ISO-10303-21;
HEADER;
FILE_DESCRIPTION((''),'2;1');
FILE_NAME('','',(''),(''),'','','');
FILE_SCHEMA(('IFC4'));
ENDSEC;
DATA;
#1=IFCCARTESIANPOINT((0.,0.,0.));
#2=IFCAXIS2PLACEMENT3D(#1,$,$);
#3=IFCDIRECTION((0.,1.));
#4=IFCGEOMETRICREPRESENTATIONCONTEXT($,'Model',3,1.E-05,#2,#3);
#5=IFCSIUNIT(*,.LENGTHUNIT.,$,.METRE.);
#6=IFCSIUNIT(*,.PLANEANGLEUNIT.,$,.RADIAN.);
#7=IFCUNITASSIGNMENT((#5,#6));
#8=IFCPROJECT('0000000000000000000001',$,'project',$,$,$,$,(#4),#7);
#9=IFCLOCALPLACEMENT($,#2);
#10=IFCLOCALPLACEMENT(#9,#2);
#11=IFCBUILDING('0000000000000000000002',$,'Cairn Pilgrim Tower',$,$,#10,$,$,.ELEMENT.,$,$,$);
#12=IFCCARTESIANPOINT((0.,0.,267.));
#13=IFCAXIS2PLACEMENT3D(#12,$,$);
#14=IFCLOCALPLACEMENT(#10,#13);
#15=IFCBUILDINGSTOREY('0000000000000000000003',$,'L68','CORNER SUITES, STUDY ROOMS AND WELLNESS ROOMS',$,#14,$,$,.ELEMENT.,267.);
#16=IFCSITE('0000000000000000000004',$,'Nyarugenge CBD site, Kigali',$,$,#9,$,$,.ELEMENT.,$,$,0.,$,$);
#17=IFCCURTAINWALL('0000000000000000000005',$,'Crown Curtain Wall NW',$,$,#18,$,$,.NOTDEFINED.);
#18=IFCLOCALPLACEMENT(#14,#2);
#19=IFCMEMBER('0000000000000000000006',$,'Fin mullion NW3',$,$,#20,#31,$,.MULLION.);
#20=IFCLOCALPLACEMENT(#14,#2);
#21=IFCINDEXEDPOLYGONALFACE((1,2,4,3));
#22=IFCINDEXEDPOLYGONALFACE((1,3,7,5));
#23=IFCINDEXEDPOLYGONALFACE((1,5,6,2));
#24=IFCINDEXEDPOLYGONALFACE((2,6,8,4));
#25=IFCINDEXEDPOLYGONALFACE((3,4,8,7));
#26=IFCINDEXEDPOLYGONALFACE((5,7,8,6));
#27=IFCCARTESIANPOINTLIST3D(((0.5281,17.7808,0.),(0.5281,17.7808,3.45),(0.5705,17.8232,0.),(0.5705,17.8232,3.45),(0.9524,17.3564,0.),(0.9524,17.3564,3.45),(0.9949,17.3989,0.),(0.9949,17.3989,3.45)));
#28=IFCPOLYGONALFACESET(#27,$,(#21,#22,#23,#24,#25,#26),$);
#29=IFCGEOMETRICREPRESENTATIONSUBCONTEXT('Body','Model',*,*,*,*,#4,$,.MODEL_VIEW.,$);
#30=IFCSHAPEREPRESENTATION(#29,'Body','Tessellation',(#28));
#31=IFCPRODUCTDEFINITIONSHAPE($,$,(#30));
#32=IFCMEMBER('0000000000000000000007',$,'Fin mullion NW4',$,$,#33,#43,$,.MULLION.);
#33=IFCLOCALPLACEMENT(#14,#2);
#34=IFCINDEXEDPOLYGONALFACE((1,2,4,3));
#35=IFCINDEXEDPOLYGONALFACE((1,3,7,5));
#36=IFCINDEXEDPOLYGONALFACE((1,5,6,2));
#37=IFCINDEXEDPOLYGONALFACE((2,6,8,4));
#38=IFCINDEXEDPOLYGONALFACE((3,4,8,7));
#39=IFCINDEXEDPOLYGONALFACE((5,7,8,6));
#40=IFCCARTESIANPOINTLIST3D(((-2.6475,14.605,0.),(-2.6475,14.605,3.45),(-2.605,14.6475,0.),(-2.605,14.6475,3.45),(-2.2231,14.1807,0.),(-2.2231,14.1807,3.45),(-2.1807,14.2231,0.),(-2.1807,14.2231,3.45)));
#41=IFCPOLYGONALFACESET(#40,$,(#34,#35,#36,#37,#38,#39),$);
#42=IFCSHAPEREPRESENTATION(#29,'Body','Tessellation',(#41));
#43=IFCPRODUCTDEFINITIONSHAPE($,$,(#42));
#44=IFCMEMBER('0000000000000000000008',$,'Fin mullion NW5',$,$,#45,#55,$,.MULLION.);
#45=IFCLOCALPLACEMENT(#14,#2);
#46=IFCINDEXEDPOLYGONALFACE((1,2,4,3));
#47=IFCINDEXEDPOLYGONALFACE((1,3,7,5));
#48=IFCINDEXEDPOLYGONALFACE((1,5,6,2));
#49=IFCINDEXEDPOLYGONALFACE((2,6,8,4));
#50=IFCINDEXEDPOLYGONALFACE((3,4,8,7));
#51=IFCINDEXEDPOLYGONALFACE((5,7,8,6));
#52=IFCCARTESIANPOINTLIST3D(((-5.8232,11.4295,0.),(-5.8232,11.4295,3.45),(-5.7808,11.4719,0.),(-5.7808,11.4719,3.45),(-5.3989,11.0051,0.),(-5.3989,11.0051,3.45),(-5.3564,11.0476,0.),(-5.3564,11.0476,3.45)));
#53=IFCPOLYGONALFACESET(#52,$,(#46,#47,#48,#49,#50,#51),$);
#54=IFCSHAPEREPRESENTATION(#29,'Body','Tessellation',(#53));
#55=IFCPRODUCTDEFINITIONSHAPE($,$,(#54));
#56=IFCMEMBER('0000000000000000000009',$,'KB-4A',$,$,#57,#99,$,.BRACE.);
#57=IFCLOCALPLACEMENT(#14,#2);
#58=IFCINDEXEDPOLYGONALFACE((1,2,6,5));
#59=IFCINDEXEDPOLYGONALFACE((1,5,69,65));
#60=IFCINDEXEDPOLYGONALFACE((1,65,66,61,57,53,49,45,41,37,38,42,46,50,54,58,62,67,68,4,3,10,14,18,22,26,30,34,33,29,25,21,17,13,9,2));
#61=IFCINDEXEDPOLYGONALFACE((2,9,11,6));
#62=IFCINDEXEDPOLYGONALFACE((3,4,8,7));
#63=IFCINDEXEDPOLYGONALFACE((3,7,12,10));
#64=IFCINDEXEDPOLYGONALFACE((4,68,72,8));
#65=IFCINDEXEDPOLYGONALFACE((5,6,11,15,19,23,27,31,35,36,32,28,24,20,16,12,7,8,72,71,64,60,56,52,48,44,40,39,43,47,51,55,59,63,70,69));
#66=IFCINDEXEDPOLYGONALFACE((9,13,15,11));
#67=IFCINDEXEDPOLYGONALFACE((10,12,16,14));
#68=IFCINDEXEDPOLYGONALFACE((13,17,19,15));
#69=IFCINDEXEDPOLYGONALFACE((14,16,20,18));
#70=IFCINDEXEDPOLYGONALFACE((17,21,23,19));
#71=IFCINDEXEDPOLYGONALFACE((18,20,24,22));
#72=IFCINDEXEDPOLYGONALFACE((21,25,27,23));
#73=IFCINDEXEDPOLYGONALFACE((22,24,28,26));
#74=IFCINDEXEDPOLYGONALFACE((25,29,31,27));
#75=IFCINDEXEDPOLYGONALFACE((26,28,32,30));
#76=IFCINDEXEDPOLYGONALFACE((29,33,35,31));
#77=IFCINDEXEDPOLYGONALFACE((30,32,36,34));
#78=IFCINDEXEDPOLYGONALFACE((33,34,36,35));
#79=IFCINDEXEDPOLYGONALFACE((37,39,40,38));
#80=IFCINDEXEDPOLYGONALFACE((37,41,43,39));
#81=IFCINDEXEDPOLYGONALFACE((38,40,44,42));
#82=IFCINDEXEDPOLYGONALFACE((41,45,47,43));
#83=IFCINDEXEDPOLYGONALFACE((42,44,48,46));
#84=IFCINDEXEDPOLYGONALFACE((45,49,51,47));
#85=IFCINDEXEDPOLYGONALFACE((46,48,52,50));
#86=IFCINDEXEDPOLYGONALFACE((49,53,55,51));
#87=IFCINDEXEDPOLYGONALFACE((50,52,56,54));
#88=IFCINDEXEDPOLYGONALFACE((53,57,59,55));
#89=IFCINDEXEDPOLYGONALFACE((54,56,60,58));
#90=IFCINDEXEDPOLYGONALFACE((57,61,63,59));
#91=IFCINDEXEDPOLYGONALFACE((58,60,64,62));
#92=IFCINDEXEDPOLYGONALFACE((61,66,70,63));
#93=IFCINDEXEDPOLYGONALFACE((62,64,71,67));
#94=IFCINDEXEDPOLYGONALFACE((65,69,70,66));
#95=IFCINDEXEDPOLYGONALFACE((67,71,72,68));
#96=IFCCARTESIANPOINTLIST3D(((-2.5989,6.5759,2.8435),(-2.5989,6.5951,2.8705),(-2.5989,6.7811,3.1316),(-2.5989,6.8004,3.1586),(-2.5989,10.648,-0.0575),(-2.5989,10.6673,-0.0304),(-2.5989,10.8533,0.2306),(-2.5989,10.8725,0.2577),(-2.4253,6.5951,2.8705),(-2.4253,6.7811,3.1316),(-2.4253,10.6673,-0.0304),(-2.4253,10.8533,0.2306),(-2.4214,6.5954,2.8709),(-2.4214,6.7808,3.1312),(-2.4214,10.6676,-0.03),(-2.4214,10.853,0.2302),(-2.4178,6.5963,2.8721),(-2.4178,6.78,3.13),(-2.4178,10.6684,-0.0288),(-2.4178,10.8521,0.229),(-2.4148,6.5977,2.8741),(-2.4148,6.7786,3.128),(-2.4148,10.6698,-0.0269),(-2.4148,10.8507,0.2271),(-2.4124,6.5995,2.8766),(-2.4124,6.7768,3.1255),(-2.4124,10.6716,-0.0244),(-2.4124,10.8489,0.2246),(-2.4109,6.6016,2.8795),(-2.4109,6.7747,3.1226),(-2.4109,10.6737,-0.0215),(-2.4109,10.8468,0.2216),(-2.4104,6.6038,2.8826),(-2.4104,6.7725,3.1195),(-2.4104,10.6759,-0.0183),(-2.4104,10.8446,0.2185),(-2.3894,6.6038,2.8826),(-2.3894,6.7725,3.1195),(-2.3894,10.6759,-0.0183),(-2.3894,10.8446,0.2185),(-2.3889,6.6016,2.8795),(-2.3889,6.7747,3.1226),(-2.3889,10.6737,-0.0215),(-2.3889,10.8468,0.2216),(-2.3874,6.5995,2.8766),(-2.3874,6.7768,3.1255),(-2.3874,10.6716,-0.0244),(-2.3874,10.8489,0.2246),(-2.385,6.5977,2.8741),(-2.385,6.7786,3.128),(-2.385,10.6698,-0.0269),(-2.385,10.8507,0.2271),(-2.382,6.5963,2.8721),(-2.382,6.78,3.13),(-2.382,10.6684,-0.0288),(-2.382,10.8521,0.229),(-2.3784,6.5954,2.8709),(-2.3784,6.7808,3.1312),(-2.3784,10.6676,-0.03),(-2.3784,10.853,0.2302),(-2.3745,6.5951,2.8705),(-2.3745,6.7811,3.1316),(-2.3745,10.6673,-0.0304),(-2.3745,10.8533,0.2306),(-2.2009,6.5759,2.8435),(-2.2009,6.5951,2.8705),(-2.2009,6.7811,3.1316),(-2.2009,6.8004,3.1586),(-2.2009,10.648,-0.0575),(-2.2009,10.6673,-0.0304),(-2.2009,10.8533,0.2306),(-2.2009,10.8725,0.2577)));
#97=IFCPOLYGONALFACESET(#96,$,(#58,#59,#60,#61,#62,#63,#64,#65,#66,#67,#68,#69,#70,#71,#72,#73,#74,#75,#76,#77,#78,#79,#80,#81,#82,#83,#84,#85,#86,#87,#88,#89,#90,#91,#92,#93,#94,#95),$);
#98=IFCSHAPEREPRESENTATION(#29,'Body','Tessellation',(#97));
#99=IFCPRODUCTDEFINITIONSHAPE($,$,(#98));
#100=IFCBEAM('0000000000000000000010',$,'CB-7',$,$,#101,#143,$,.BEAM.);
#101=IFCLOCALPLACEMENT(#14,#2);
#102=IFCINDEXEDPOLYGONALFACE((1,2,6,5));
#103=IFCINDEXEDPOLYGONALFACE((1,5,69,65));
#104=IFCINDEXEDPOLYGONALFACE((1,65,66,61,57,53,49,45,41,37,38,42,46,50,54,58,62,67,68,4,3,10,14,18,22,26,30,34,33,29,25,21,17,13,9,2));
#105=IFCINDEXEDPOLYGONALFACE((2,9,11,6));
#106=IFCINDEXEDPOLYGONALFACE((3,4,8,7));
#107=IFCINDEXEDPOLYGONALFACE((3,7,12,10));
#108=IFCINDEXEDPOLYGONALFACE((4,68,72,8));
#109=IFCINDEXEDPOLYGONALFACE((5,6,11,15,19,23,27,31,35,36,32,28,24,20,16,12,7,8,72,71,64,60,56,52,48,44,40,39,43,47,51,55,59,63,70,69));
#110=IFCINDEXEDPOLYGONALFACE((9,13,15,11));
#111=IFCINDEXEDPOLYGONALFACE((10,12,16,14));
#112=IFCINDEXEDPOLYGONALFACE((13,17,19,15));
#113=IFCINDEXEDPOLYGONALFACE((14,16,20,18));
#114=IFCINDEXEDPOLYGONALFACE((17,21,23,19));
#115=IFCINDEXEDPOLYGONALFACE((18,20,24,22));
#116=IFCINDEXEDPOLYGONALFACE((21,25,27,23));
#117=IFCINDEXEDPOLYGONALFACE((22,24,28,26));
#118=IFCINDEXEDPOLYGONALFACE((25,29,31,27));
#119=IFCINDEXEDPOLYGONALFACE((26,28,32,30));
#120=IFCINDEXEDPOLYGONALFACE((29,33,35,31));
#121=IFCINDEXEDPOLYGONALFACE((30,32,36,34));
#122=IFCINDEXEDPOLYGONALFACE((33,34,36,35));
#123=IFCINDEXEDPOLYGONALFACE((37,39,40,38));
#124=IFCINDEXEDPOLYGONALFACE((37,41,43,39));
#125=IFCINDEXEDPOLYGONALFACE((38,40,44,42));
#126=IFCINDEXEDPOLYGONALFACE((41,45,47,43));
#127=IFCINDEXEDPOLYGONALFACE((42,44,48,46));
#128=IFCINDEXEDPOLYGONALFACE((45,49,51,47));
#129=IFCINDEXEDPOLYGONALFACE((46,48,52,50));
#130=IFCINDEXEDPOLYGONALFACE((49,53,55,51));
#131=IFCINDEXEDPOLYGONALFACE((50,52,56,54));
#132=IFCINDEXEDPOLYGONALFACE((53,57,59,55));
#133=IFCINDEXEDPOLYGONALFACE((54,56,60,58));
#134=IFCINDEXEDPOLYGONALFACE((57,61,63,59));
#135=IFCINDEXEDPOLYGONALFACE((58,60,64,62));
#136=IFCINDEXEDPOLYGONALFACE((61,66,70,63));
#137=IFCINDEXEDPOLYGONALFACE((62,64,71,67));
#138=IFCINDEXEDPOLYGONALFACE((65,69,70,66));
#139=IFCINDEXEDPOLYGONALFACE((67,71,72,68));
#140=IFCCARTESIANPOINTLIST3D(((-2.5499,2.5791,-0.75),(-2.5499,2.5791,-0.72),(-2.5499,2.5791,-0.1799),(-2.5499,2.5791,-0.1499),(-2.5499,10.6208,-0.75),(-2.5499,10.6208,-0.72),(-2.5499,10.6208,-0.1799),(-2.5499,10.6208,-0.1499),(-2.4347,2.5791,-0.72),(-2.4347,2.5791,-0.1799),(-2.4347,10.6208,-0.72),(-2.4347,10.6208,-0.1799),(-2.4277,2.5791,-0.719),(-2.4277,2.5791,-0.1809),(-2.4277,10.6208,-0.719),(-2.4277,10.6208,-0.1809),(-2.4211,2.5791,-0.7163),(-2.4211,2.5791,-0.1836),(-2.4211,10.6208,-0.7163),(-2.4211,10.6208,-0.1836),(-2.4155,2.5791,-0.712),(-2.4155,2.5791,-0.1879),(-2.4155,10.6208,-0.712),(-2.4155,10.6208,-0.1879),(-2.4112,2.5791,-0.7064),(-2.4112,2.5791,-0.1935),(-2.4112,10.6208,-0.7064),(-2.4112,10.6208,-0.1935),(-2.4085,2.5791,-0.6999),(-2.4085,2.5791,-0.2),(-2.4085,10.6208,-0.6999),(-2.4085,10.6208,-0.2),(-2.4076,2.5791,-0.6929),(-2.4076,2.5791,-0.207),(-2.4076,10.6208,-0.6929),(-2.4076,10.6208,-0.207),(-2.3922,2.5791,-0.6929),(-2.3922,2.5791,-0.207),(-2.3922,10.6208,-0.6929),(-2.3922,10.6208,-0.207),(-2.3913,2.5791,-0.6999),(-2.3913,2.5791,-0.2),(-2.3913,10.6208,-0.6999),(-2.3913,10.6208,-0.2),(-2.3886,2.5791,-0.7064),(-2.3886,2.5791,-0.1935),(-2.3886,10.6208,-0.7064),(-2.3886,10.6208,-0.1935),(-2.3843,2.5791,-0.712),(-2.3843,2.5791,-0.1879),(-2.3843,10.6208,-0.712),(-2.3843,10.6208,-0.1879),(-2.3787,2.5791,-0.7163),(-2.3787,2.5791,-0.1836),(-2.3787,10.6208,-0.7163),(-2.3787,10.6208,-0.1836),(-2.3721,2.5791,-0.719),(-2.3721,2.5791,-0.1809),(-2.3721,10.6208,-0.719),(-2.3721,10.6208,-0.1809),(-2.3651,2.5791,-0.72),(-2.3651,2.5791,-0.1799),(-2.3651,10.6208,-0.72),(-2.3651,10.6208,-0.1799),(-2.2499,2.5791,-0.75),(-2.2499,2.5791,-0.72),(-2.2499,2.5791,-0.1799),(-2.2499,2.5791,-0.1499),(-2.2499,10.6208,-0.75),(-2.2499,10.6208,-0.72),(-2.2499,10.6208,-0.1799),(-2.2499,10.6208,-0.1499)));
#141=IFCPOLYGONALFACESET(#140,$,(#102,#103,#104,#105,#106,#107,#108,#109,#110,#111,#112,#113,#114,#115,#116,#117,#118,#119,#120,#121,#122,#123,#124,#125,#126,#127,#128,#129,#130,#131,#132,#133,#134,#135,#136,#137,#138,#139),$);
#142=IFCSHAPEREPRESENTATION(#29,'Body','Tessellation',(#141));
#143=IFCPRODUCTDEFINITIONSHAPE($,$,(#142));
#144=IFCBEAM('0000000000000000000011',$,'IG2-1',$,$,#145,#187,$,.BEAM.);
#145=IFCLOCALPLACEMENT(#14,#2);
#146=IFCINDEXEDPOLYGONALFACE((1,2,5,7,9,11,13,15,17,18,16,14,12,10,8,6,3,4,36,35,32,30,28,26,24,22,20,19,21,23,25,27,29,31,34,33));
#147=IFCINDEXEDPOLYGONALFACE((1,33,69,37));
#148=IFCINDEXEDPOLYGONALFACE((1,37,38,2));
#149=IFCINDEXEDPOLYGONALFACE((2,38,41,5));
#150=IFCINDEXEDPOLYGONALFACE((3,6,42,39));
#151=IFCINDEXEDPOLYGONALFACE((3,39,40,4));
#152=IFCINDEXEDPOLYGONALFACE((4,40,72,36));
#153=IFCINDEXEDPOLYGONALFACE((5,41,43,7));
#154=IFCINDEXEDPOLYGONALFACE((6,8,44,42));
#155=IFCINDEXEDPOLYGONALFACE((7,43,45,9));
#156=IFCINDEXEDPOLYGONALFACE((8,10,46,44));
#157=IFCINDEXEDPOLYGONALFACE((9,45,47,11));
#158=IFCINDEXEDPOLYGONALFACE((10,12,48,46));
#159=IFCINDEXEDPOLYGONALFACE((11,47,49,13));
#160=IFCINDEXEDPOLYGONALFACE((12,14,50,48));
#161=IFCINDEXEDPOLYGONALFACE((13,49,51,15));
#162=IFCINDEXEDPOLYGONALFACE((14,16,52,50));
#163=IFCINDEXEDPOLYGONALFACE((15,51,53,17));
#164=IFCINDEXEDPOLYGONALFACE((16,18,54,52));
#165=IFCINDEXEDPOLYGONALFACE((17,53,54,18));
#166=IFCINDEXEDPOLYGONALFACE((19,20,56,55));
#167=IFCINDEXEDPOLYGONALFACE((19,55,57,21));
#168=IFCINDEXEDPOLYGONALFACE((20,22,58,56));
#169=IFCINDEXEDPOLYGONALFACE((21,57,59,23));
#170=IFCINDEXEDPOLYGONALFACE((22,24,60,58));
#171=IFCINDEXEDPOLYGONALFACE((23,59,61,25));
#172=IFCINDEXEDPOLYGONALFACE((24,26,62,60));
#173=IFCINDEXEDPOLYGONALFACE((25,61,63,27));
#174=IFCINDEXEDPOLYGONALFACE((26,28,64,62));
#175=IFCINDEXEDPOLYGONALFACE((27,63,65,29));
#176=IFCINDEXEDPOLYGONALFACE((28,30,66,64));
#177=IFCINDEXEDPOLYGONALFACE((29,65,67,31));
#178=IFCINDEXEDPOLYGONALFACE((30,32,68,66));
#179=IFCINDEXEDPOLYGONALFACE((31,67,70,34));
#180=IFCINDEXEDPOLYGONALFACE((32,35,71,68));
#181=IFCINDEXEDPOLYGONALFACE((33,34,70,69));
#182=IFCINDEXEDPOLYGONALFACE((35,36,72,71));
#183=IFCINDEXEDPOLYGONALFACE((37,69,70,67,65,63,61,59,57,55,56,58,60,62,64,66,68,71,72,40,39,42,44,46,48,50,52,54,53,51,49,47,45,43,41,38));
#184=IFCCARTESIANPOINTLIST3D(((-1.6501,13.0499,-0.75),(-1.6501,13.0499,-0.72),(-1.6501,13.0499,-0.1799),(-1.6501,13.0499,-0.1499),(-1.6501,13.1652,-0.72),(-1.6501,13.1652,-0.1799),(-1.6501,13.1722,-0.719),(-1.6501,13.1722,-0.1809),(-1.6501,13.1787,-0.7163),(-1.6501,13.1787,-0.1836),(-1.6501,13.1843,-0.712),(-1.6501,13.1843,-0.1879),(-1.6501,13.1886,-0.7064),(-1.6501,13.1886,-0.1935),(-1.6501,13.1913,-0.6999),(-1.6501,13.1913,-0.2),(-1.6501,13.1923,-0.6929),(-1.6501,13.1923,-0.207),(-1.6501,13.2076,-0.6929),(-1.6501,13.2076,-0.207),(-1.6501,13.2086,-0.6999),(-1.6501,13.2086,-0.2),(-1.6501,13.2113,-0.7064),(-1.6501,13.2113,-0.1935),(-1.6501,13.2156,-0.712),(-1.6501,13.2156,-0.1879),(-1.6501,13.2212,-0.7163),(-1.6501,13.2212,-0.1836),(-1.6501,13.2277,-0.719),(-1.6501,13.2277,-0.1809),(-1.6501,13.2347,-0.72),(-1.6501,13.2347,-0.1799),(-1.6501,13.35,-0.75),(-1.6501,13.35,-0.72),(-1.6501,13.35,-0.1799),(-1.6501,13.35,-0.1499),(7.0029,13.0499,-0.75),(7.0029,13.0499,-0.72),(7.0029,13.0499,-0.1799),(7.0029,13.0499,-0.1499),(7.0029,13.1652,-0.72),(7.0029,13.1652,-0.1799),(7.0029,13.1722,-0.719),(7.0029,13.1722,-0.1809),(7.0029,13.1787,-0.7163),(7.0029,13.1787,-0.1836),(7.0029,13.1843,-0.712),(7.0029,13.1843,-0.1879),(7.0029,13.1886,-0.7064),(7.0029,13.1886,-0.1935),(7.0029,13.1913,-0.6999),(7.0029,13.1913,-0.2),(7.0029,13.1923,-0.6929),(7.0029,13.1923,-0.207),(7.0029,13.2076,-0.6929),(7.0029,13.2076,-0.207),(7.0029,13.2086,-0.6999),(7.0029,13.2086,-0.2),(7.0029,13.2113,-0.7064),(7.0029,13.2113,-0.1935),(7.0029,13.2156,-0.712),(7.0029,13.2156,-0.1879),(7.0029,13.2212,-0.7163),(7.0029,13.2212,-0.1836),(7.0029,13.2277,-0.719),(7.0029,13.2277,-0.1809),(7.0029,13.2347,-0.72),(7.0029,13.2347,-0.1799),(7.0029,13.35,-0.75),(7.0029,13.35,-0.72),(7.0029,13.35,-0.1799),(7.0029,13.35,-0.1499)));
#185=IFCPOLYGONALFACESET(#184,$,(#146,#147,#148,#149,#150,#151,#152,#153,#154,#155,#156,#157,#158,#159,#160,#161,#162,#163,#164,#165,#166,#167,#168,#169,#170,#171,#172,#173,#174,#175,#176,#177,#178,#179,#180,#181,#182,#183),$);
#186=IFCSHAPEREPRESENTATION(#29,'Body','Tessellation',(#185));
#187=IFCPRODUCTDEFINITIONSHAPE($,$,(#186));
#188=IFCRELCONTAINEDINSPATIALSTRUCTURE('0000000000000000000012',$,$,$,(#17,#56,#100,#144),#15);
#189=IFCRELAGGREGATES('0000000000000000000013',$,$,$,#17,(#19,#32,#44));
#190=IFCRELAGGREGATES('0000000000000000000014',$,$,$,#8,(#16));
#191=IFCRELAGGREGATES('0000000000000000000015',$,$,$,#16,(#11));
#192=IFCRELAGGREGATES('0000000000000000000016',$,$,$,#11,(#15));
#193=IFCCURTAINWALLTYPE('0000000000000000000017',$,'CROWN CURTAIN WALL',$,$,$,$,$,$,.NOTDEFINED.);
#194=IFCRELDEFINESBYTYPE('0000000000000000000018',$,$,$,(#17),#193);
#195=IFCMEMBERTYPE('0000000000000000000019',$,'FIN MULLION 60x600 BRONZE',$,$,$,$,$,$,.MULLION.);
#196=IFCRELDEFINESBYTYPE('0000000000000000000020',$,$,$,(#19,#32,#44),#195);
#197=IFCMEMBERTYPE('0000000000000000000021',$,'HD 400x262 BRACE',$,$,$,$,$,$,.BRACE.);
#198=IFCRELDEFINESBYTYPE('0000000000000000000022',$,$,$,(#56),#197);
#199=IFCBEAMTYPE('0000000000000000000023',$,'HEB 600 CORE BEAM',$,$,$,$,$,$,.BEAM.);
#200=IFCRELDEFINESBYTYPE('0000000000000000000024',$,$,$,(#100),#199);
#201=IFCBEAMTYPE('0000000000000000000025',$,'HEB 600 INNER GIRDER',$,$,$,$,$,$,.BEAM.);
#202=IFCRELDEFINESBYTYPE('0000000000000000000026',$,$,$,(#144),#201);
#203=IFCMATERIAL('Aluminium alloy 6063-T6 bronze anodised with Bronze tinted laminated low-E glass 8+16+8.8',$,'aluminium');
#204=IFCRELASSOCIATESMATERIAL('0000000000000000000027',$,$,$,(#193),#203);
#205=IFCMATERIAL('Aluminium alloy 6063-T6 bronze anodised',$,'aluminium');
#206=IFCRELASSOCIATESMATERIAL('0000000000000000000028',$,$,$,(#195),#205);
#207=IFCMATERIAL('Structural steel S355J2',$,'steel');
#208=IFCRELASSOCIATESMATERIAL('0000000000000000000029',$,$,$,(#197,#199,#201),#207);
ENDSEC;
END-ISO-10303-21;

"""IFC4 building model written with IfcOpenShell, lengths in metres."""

from ifc_helpers import new_model, si_unit, direction, frame, origin, origin_2d, place, context, subcontext, project, spatial, rectangle, i_section, extrude, material, material_profile, profile_set, type_object, element, aggregate, save


model = new_model("IFC4")

# Units and contexts
model_context = context("Model", 3, precision=1e-05, world=origin(), true_north=direction((0.0, 1.0)))
body_context = subcontext(model_context, "Body", "Model", "MODEL_VIEW")
ifc_project = project(units=[si_unit("LENGTHUNIT", "METRE"), si_unit("PLANEANGLEUNIT", "RADIAN")], contexts=[model_context])

# Site, building, storey
site_placement = place(None, origin())
site = spatial("IfcSite", under=ifc_project, at=site_placement, Name="Nyarugenge CBD site, Kigali", CompositionType="ELEMENT", RefElevation=0.0)
building_placement = place(site_placement, origin())
building = spatial("IfcBuilding", under=site, at=building_placement, Name="Cairn Pilgrim Tower", CompositionType="ELEMENT")
storey_placement = place(building_placement, frame((0.0, 0.0, 267.0)))
storey = spatial("IfcBuildingStorey", under=building, at=storey_placement, Name="L68", Description="CORNER SUITES, STUDY ROOMS AND WELLNESS ROOMS", CompositionType="ELEMENT", Elevation=267.0)

# Shared definitions
ifc_material_1 = material(Name="Structural steel S355J2", Category="steel")

# Curtain wall, members
ifc_material_2 = material(Name="Aluminium alloy 6063-T6 bronze anodised with Bronze tinted laminated low-E glass 8+16+8.8", Category="aluminium")
curtain_wall_type = type_object("IfcCurtainWallType", Name="CROWN CURTAIN WALL", PredefinedType="NOTDEFINED", material=ifc_material_2)
curtain_wall_placement = place(storey_placement, origin())
curtain_wall = element("IfcCurtainWall", 1, at=curtain_wall_placement, inside=storey, type_object=curtain_wall_type, Name="Crown Curtain Wall NW", PredefinedType="NOTDEFINED")
ifc_material_3 = material(Name="Aluminium alloy 6063-T6 bronze anodised", Category="aluminium")
ifc_material_profile_1 = material_profile(ifc_material_3, rectangle(XDim=0.6001, YDim=0.0601, at=origin_2d()), Name="FIN MULLION 60x600 BRONZE")
ifc_profile_set_1 = profile_set([ifc_material_profile_1], Name="Aluminium alloy 6063-T6 bronze anodised")
member_type_1 = type_object("IfcMemberType", Name="FIN MULLION 60x600 BRONZE", PredefinedType="MULLION", material=ifc_profile_set_1)
member_1_placement = place(storey_placement, frame((0.7615, 17.5898, 0.0), z_axis=(0.0, 0.0, 1.0), x_axis=(-0.707107, 0.707107, 0.0)))
member_1 = element("IfcMember", 2, at=member_1_placement, type_object=member_type_1, Name="Fin mullion NW3", PredefinedType="MULLION", context=body_context, shape_type="SweptSolid", body=[
    extrude(rectangle(XDim=0.6001, YDim=0.0601, at=origin_2d()), origin(), (0.0, 0.0, 1.0), 3.45),
])
member_2_placement = place(storey_placement, frame((-2.4141, 14.4141, 0.0), z_axis=(0.0, 0.0, 1.0), x_axis=(-0.707107, 0.707107, 0.0)))
member_2 = element("IfcMember", 3, at=member_2_placement, type_object=member_type_1, Name="Fin mullion NW4", PredefinedType="MULLION", context=body_context, shape_type="SweptSolid", body=[
    extrude(rectangle(XDim=0.6001, YDim=0.0601, at=origin_2d()), origin(), (0.0, 0.0, 1.0), 3.45),
])
member_3_placement = place(storey_placement, frame((-5.5898, 11.2385, 0.0), z_axis=(0.0, 0.0, 1.0), x_axis=(-0.707107, 0.707107, 0.0)))
member_3 = element("IfcMember", 4, at=member_3_placement, type_object=member_type_1, Name="Fin mullion NW5", PredefinedType="MULLION", context=body_context, shape_type="SweptSolid", body=[
    extrude(rectangle(XDim=0.6001, YDim=0.0601, at=origin_2d()), origin(), (0.0, 0.0, 1.0), 3.45),
])

# Member
ifc_material_profile_2 = material_profile(ifc_material_1, i_section(OverallWidth=0.3979, OverallDepth=0.387, WebThickness=0.021, FlangeThickness=0.0332, FilletRadius=0.0149, at=origin_2d()), Name="HD 400x262")
ifc_profile_set_2 = profile_set([ifc_material_profile_2], Name="Structural steel S355J2")
member_type_2 = type_object("IfcMemberType", Name="HD 400x262 BRACE", PredefinedType="BRACE", material=ifc_profile_set_2)
member_4_placement = place(storey_placement, frame((-2.3999, 10.7603, 0.1001), z_axis=(0.0, -0.814462, 0.580217), x_axis=(1.0, 0.0, 0.0)))
element("IfcMember", 5, at=member_4_placement, inside=storey, type_object=member_type_2, Name="KB-4A", PredefinedType="BRACE", context=body_context, shape_type="SweptSolid", body=[
    extrude(i_section(OverallWidth=0.3979, OverallDepth=0.387, WebThickness=0.021, FlangeThickness=0.0332, FilletRadius=0.0149, at=origin_2d()), origin(), (0.0, 0.0, 1.0), 4.9998),
])

# Beams
ifc_material_profile_3 = material_profile(ifc_material_1, i_section(OverallWidth=0.3, OverallDepth=0.6001, WebThickness=0.0154, FlangeThickness=0.03, FilletRadius=0.0271, at=origin_2d()), Name="HEB 600")
ifc_profile_set_3 = profile_set([ifc_material_profile_3], Name="Structural steel S355J2")
beam_type_1 = type_object("IfcBeamType", Name="HEB 600 CORE BEAM", PredefinedType="BEAM", material=ifc_profile_set_3)
beam_1_placement = place(storey_placement, frame((-2.3999, 10.6208, -0.45), z_axis=(0.0, -1.0, 0.0), x_axis=(1.0, 0.0, 0.0)))
element("IfcBeam", 6, at=beam_1_placement, inside=storey, type_object=beam_type_1, Name="CB-7", PredefinedType="BEAM", context=body_context, shape_type="SweptSolid", body=[
    extrude(i_section(OverallWidth=0.3, OverallDepth=0.6001, WebThickness=0.0154, FlangeThickness=0.03, FilletRadius=0.0271, at=origin_2d()), origin(), (0.0, 0.0, 1.0), 8.0417),
])
ifc_material_profile_4 = material_profile(ifc_material_1, i_section(OverallWidth=0.3, OverallDepth=0.6001, WebThickness=0.0154, FlangeThickness=0.03, FilletRadius=0.0271, at=origin_2d()), Name="HEB 600")
ifc_profile_set_4 = profile_set([ifc_material_profile_4], Name="Structural steel S355J2")
beam_type_2 = type_object("IfcBeamType", Name="HEB 600 INNER GIRDER", PredefinedType="BEAM", material=ifc_profile_set_4)
beam_2_placement = place(storey_placement, frame((-1.6501, 13.2, -0.45), z_axis=(1.0, 0.0, 0.0), x_axis=(0.0, 1.0, 0.0)))
element("IfcBeam", 7, at=beam_2_placement, inside=storey, type_object=beam_type_2, Name="IG2-1", PredefinedType="BEAM", context=body_context, shape_type="SweptSolid", body=[
    extrude(i_section(OverallWidth=0.3, OverallDepth=0.6001, WebThickness=0.0154, FlangeThickness=0.03, FilletRadius=0.0271, at=origin_2d()), origin(), (0.0, 0.0, 1.0), 8.6531),
])

aggregate(curtain_wall, [member_1, member_2, member_3])

save(model, "model.ifc")
